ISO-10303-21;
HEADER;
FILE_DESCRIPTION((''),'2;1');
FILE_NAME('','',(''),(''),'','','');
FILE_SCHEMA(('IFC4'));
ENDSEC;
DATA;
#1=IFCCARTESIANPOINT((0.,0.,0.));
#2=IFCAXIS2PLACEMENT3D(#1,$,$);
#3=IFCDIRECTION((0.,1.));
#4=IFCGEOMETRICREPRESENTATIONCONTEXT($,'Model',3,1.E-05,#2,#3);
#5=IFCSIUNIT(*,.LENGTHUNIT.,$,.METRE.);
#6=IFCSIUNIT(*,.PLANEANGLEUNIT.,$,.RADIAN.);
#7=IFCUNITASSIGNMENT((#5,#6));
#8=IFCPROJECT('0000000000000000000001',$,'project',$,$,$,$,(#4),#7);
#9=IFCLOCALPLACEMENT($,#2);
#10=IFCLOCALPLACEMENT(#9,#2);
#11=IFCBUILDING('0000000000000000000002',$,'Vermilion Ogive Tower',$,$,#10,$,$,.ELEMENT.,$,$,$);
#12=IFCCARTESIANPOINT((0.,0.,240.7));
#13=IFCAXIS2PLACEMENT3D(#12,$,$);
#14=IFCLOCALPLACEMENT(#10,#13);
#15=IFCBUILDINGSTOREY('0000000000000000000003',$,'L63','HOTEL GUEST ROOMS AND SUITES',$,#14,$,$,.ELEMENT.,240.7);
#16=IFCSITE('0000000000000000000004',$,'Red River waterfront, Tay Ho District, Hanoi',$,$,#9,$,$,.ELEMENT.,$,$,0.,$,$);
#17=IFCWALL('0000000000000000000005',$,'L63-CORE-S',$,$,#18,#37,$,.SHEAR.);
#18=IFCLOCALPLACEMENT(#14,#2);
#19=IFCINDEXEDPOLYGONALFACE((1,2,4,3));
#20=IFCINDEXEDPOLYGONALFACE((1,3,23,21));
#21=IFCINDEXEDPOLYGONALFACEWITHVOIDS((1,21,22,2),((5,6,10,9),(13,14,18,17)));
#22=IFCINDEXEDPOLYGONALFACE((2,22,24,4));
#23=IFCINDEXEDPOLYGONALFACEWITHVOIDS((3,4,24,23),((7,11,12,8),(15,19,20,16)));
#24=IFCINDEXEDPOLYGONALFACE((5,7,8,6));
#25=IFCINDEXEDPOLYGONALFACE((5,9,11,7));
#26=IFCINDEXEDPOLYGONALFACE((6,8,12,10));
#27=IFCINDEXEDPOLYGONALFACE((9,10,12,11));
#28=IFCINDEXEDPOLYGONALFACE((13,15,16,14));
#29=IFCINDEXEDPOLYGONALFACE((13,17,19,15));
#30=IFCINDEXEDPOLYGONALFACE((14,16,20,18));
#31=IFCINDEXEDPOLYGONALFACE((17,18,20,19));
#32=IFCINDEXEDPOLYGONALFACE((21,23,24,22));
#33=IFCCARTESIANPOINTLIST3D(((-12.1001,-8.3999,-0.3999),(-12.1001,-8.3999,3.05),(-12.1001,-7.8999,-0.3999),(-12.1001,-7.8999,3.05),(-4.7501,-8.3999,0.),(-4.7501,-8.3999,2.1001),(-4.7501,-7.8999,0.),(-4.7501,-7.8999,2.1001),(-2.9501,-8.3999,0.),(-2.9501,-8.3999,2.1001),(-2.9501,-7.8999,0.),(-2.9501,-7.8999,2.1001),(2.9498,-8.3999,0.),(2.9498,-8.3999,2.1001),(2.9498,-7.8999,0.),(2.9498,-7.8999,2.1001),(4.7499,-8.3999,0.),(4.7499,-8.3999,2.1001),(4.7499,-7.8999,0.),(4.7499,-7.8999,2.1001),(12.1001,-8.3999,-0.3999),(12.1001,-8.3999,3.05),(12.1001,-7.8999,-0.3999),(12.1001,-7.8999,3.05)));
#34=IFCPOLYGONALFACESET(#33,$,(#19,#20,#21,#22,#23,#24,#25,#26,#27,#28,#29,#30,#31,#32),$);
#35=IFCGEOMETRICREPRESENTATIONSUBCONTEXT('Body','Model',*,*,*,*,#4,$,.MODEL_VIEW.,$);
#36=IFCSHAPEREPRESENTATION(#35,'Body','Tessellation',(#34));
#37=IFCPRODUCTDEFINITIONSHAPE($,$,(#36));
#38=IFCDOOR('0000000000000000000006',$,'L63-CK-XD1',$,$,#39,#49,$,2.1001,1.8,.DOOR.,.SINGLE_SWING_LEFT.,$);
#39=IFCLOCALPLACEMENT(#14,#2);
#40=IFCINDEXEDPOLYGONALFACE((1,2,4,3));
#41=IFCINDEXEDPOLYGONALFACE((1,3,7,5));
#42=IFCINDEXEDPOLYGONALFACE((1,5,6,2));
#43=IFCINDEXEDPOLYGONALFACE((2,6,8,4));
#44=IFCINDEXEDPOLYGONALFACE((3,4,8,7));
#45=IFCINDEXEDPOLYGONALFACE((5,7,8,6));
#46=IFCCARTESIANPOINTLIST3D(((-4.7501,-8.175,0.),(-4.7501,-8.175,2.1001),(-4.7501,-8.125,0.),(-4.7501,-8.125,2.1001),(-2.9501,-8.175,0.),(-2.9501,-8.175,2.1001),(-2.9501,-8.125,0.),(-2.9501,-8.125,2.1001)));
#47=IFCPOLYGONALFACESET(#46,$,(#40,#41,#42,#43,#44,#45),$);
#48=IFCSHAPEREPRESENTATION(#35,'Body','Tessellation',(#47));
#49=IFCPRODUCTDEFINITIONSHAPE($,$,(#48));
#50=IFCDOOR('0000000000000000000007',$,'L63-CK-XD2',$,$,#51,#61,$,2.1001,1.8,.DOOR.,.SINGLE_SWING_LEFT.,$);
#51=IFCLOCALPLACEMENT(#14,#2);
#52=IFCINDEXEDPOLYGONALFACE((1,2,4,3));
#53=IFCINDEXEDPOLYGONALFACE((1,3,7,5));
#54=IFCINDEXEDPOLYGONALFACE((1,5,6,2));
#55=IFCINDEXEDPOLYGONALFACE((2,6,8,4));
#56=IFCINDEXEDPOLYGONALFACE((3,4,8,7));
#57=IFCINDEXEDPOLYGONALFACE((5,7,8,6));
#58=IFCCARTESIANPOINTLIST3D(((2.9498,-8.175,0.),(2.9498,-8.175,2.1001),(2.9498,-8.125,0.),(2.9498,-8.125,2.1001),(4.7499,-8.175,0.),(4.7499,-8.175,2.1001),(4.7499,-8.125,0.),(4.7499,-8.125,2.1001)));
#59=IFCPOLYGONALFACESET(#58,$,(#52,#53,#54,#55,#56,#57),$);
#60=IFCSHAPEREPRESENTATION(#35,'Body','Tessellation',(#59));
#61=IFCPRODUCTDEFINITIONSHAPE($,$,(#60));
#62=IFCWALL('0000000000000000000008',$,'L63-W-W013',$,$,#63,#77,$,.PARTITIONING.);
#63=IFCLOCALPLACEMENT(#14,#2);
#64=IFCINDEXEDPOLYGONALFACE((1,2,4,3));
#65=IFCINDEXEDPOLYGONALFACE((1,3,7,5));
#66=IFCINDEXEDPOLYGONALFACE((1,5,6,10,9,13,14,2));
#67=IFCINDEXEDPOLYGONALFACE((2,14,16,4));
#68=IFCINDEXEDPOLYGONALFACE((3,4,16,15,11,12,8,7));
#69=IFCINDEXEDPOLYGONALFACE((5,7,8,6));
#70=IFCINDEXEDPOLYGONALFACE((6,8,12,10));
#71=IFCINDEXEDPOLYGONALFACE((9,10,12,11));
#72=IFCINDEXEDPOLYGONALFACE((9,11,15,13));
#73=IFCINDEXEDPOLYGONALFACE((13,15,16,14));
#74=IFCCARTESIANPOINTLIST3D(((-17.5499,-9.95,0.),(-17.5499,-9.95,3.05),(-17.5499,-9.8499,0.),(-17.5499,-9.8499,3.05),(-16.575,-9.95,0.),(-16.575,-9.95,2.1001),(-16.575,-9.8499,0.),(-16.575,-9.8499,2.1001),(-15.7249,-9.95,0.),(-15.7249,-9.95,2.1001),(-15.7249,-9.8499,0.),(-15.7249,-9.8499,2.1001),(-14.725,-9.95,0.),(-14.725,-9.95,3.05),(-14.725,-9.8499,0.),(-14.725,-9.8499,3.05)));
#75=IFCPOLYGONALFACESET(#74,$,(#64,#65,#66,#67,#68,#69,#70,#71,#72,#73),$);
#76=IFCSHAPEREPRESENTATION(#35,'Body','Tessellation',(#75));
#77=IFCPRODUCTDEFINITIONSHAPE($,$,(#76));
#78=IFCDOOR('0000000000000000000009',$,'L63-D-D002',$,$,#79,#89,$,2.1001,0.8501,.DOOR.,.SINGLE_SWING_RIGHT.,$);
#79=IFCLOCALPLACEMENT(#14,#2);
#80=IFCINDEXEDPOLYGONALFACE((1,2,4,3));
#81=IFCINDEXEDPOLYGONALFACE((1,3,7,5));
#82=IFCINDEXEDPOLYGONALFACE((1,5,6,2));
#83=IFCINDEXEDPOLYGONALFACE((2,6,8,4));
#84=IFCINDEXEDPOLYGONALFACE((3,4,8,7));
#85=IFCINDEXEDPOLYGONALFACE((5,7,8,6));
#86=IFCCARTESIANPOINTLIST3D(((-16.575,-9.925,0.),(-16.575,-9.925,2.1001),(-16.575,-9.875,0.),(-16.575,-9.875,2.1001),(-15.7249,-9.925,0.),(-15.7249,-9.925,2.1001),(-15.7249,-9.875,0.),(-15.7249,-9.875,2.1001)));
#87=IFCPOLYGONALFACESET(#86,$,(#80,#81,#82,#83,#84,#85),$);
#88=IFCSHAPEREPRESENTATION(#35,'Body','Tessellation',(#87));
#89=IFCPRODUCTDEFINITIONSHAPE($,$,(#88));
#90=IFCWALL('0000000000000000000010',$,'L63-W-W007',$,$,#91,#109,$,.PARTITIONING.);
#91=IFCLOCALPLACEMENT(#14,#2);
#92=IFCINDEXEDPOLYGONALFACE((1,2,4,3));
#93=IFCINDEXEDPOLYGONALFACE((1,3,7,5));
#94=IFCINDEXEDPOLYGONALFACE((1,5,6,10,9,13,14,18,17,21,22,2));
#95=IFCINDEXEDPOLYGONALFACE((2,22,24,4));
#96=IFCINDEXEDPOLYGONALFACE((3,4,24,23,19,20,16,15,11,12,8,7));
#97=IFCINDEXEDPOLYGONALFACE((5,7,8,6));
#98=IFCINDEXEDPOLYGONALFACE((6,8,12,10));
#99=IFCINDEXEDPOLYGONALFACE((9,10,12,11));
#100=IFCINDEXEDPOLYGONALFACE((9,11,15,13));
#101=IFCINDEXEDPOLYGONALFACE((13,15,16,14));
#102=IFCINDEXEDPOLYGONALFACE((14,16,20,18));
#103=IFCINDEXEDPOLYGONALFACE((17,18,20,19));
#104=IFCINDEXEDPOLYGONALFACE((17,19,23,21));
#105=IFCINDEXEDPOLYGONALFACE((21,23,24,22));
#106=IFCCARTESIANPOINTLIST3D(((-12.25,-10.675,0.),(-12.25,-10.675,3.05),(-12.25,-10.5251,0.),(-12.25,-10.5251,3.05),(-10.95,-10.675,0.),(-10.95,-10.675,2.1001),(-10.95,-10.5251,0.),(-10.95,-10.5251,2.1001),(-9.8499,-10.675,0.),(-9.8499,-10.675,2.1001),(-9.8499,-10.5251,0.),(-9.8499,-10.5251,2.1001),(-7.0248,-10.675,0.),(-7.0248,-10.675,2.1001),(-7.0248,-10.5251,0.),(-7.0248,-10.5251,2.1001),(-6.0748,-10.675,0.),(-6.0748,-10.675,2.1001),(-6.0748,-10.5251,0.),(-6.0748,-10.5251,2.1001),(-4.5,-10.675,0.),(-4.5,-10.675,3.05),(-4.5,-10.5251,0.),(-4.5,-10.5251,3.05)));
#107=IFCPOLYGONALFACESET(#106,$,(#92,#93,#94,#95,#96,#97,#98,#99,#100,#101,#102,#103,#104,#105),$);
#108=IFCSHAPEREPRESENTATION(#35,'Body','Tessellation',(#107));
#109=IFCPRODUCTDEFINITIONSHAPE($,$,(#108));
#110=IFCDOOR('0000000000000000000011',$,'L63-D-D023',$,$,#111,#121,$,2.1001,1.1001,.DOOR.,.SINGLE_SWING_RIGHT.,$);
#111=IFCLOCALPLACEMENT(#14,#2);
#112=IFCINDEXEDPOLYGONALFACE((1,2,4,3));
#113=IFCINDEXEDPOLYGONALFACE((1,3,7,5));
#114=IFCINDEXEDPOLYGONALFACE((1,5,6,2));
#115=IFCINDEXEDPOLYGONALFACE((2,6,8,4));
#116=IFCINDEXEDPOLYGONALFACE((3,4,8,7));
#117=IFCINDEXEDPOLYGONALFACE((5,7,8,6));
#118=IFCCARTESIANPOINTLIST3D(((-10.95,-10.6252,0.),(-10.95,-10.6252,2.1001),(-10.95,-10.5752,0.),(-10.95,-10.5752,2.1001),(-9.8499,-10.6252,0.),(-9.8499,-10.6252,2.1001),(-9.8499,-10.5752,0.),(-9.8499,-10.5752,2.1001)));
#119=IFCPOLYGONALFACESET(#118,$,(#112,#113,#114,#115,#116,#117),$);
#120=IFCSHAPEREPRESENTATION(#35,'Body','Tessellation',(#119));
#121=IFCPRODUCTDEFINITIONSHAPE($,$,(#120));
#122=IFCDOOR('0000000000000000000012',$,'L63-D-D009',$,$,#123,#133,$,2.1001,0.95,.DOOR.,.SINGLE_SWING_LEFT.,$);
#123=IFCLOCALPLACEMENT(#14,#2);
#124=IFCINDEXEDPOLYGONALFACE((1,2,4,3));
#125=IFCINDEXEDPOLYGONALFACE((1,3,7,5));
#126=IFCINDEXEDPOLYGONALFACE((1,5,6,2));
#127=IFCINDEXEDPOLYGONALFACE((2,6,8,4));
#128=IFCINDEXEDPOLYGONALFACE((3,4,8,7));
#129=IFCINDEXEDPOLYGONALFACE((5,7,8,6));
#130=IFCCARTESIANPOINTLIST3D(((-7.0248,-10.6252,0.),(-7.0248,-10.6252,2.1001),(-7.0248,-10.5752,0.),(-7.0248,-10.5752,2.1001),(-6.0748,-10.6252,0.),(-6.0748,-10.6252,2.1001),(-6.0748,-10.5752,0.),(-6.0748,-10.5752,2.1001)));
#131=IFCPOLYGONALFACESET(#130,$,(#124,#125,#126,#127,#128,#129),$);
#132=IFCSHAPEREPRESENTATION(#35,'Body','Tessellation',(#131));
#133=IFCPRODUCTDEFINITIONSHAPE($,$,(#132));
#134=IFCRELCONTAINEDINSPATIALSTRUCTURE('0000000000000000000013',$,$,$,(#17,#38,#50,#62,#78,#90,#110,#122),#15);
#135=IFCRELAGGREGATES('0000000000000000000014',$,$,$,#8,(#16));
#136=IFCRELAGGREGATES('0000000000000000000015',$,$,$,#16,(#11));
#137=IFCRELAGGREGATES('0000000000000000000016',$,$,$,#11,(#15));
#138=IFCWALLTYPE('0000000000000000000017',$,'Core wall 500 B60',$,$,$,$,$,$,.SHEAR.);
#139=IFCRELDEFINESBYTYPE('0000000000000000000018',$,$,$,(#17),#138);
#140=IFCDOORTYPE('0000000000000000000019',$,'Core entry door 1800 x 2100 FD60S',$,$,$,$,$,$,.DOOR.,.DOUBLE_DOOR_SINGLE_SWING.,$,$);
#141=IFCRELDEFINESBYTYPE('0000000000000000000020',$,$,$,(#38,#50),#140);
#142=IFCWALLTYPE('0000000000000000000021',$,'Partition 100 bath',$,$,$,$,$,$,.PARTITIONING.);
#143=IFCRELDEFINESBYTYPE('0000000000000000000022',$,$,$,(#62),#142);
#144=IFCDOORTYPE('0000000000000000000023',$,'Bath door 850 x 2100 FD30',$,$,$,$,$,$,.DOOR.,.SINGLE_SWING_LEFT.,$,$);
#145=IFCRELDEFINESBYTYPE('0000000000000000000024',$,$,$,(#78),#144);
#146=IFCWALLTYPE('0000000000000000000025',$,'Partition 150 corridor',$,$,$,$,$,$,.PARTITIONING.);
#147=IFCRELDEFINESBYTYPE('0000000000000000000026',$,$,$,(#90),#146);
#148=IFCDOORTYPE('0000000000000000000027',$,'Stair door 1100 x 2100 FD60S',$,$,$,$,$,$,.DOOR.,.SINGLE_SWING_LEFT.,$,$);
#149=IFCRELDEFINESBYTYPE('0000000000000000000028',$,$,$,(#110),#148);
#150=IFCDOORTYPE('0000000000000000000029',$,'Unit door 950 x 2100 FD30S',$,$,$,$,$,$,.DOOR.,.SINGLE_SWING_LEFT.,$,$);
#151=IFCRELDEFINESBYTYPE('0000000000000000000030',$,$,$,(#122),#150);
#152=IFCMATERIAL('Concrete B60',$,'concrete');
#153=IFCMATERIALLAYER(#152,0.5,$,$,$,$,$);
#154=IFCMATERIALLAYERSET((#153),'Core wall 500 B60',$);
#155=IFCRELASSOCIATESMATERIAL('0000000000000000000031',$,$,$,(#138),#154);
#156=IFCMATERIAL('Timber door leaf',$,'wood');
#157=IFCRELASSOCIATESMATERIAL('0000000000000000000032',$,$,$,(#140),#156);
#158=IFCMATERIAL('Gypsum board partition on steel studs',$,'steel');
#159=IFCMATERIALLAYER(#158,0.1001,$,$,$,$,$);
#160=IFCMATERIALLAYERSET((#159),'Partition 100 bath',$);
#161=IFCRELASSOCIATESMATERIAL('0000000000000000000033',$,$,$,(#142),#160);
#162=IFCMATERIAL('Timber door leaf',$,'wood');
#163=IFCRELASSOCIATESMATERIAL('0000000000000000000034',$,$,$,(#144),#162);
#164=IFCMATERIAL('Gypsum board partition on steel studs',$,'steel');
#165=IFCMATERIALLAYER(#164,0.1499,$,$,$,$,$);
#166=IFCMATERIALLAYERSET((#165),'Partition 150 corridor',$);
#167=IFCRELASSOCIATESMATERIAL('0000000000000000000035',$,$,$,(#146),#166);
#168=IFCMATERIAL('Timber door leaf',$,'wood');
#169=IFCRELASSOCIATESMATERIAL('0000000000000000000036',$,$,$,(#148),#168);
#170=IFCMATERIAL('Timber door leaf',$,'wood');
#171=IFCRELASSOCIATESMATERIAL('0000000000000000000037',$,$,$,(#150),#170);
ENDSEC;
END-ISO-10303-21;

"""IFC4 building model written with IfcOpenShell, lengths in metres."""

from ifc_helpers import new_model, si_unit, direction, frame, frame_2d, origin, place, context, subcontext, project, spatial, rectangle, extrude, material, layer, layer_set, type_object, element, fill, save


model = new_model("IFC4")

# Units and contexts
model_context = context("Model", 3, precision=1e-05, world=origin(), true_north=direction((0.0, 1.0)))
body_context = subcontext(model_context, "Body", "Model", "MODEL_VIEW")
ifc_project = project(units=[si_unit("LENGTHUNIT", "METRE"), si_unit("PLANEANGLEUNIT", "RADIAN")], contexts=[model_context])

# Site, building, storey
site_placement = place(None, origin())
site = spatial("IfcSite", under=ifc_project, at=site_placement, Name="Red River waterfront, Tay Ho District, Hanoi", CompositionType="ELEMENT", RefElevation=0.0)
building_placement = place(site_placement, origin())
building = spatial("IfcBuilding", under=site, at=building_placement, Name="Vermilion Ogive Tower", CompositionType="ELEMENT")
storey_placement = place(building_placement, frame((0.0, 0.0, 240.7)))
storey = spatial("IfcBuildingStorey", under=building, at=storey_placement, Name="L63", Description="HOTEL GUEST ROOMS AND SUITES", CompositionType="ELEMENT", Elevation=240.7)

# Wall, openings, doors
ifc_material_1 = material(Name="Concrete B60", Category="concrete")
ifc_layer_1 = layer(ifc_material_1, 0.5)
ifc_layer_set_1 = layer_set([ifc_layer_1], Name="Core wall 500 B60")
wall_type_1 = type_object("IfcWallType", Name="Core wall 500 B60", PredefinedType="SHEAR", material=ifc_layer_set_1)
wall_1_placement = place(storey_placement, frame((-12.1001, -8.1499, -0.3999), z_axis=(0.0, 0.0, 1.0), x_axis=(1.0, 0.0, 0.0)))
wall_1 = element("IfcWall", 1, at=wall_1_placement, inside=storey, type_object=wall_type_1, Name="L63-CORE-S", PredefinedType="SHEAR", context=body_context, shape_type="SweptSolid", body=[
    extrude(rectangle(XDim=24.2002, YDim=0.5, at=frame_2d((12.1001, 0.0))), origin(), (0.0, 0.0, 1.0), 3.45),
])
opening_1_placement = place(wall_1_placement, frame((7.3501, 0.0, 0.3999)))
opening_1 = element("IfcOpeningElement", 2, at=opening_1_placement, cuts=wall_1, PredefinedType="OPENING", context=body_context, shape_type="SweptSolid", body=[
    extrude(rectangle(XDim=1.8, YDim=2.1001, at=frame_2d((0.8999, 1.05))), frame((0.0, 0.26, 0.0), z_axis=(0.0, -1.0, 0.0), x_axis=(1.0, 0.0, 0.0)), (0.0, 0.0, 1.0), 0.52),
])
opening_2_placement = place(wall_1_placement, frame((15.05, 0.0, 0.3999)))
opening_2 = element("IfcOpeningElement", 3, at=opening_2_placement, cuts=wall_1, PredefinedType="OPENING", context=body_context, shape_type="SweptSolid", body=[
    extrude(rectangle(XDim=1.8, YDim=2.1001, at=frame_2d((0.8999, 1.05))), frame((0.0, 0.26, 0.0), z_axis=(0.0, -1.0, 0.0), x_axis=(1.0, 0.0, 0.0)), (0.0, 0.0, 1.0), 0.52),
])
ifc_material_2 = material(Name="Timber door leaf", Category="wood")
door_type_1 = type_object("IfcDoorType", Name="Core entry door 1800 x 2100 FD60S", OperationType="DOUBLE_DOOR_SINGLE_SWING", PredefinedType="DOOR", material=ifc_material_2)
door_1_placement = place(opening_1_placement, origin())
door_1 = element("IfcDoor", 4, at=door_1_placement, inside=storey, type_object=door_type_1, Name="L63-CK-XD1", OperationType="SINGLE_SWING_LEFT", OverallHeight=2.1001, OverallWidth=1.8, PredefinedType="DOOR", context=body_context, shape_type="SweptSolid", body=[
    extrude(rectangle(XDim=1.8, YDim=2.1001, at=frame_2d((0.8999, 1.05))), frame((0.0, 0.0249, 0.0), z_axis=(0.0, -1.0, 0.0), x_axis=(1.0, 0.0, 0.0)), (0.0, 0.0, 1.0), 0.05),
])
fill(opening_1, door_1)
door_2_placement = place(opening_2_placement, origin())
door_2 = element("IfcDoor", 5, at=door_2_placement, inside=storey, type_object=door_type_1, Name="L63-CK-XD2", OperationType="SINGLE_SWING_LEFT", OverallHeight=2.1001, OverallWidth=1.8, PredefinedType="DOOR", context=body_context, shape_type="SweptSolid", body=[
    extrude(rectangle(XDim=1.8, YDim=2.1001, at=frame_2d((0.8999, 1.05))), frame((0.0, 0.0249, 0.0), z_axis=(0.0, -1.0, 0.0), x_axis=(1.0, 0.0, 0.0)), (0.0, 0.0, 1.0), 0.05),
])
fill(opening_2, door_2)

# Wall, opening, door
ifc_material_3 = material(Name="Gypsum board partition on steel studs", Category="steel")
ifc_layer_2 = layer(ifc_material_3, 0.1001)
ifc_layer_set_2 = layer_set([ifc_layer_2], Name="Partition 100 bath")
wall_type_2 = type_object("IfcWallType", Name="Partition 100 bath", PredefinedType="PARTITIONING", material=ifc_layer_set_2)
wall_2_placement = place(storey_placement, frame((-17.55, -9.8999, 0.0), z_axis=(0.0, 0.0, 1.0), x_axis=(1.0, 0.0, 0.0)))
wall_2 = element("IfcWall", 6, at=wall_2_placement, inside=storey, type_object=wall_type_2, Name="L63-W-W013", PredefinedType="PARTITIONING", context=body_context, shape_type="SweptSolid", body=[
    extrude(rectangle(XDim=2.825, YDim=0.1001, at=frame_2d((1.4126, 0.0))), origin(), (0.0, 0.0, 1.0), 3.05),
])
opening_3_placement = place(wall_2_placement, frame((0.9751, 0.0, 0.0)))
opening_3 = element("IfcOpeningElement", 7, at=opening_3_placement, cuts=wall_2, PredefinedType="OPENING", context=body_context, shape_type="SweptSolid", body=[
    extrude(rectangle(XDim=0.8501, YDim=2.1001, at=frame_2d((0.425, 1.05))), frame((0.0, 0.0601, 0.0), z_axis=(0.0, -1.0, 0.0), x_axis=(1.0, 0.0, 0.0)), (0.0, 0.0, 1.0), 0.1201),
])
ifc_material_4 = material(Name="Timber door leaf", Category="wood")
door_type_2 = type_object("IfcDoorType", Name="Bath door 850 x 2100 FD30", OperationType="SINGLE_SWING_LEFT", PredefinedType="DOOR", material=ifc_material_4)
door_3_placement = place(opening_3_placement, origin())
door_3 = element("IfcDoor", 8, at=door_3_placement, inside=storey, type_object=door_type_2, Name="L63-D-D002", OperationType="SINGLE_SWING_RIGHT", OverallHeight=2.1001, OverallWidth=0.8501, PredefinedType="DOOR", context=body_context, shape_type="SweptSolid", body=[
    extrude(rectangle(XDim=0.8501, YDim=2.1001, at=frame_2d((0.425, 1.05))), frame((0.0, 0.0249, 0.0), z_axis=(0.0, -1.0, 0.0), x_axis=(1.0, 0.0, 0.0)), (0.0, 0.0, 1.0), 0.05),
])
fill(opening_3, door_3)

# Wall, openings, doors
ifc_material_5 = material(Name="Gypsum board partition on steel studs", Category="steel")
ifc_layer_3 = layer(ifc_material_5, 0.1499)
ifc_layer_set_3 = layer_set([ifc_layer_3], Name="Partition 150 corridor")
wall_type_3 = type_object("IfcWallType", Name="Partition 150 corridor", PredefinedType="PARTITIONING", material=ifc_layer_set_3)
wall_3_placement = place(storey_placement, frame((-12.25, -10.6001, 0.0), z_axis=(0.0, 0.0, 1.0), x_axis=(1.0, 0.0, 0.0)))
wall_3 = element("IfcWall", 9, at=wall_3_placement, inside=storey, type_object=wall_type_3, Name="L63-W-W007", PredefinedType="PARTITIONING", context=body_context, shape_type="SweptSolid", body=[
    extrude(rectangle(XDim=7.75, YDim=0.1499, at=frame_2d((3.875, 0.0))), origin(), (0.0, 0.0, 1.0), 3.05),
])
opening_4_placement = place(wall_3_placement, frame((5.2251, 0.0, 0.0)))
opening_4 = element("IfcOpeningElement", 10, at=opening_4_placement, cuts=wall_3, PredefinedType="OPENING", context=body_context, shape_type="SweptSolid", body=[
    extrude(rectangle(XDim=0.95, YDim=2.1001, at=frame_2d((0.4751, 1.05))), frame((0.0, 0.085, 0.0), z_axis=(0.0, -1.0, 0.0), x_axis=(1.0, 0.0, 0.0)), (0.0, 0.0, 1.0), 0.1699),
])
opening_5_placement = place(wall_3_placement, frame((1.3, 0.0, 0.0)))
opening_5 = element("IfcOpeningElement", 11, at=opening_5_placement, cuts=wall_3, PredefinedType="OPENING", context=body_context, shape_type="SweptSolid", body=[
    extrude(rectangle(XDim=1.1001, YDim=2.1001, at=frame_2d((0.55, 1.05))), frame((0.0, 0.085, 0.0), z_axis=(0.0, -1.0, 0.0), x_axis=(1.0, 0.0, 0.0)), (0.0, 0.0, 1.0), 0.1699),
])
ifc_material_6 = material(Name="Timber door leaf", Category="wood")
door_type_3 = type_object("IfcDoorType", Name="Stair door 1100 x 2100 FD60S", OperationType="SINGLE_SWING_LEFT", PredefinedType="DOOR", material=ifc_material_6)
door_4_placement = place(opening_5_placement, origin())
door_4 = element("IfcDoor", 12, at=door_4_placement, inside=storey, type_object=door_type_3, Name="L63-D-D023", OperationType="SINGLE_SWING_RIGHT", OverallHeight=2.1001, OverallWidth=1.1001, PredefinedType="DOOR", context=body_context, shape_type="SweptSolid", body=[
    extrude(rectangle(XDim=1.1001, YDim=2.1001, at=frame_2d((0.55, 1.05))), frame((0.0, 0.0249, 0.0), z_axis=(0.0, -1.0, 0.0), x_axis=(1.0, 0.0, 0.0)), (0.0, 0.0, 1.0), 0.05),
])
fill(opening_5, door_4)
ifc_material_7 = material(Name="Timber door leaf", Category="wood")
door_type_4 = type_object("IfcDoorType", Name="Unit door 950 x 2100 FD30S", OperationType="SINGLE_SWING_LEFT", PredefinedType="DOOR", material=ifc_material_7)
door_5_placement = place(opening_4_placement, origin())
door_5 = element("IfcDoor", 13, at=door_5_placement, inside=storey, type_object=door_type_4, Name="L63-D-D009", OperationType="SINGLE_SWING_LEFT", OverallHeight=2.1001, OverallWidth=0.95, PredefinedType="DOOR", context=body_context, shape_type="SweptSolid", body=[
    extrude(rectangle(XDim=0.95, YDim=2.1001, at=frame_2d((0.4751, 1.05))), frame((0.0, 0.0249, 0.0), z_axis=(0.0, -1.0, 0.0), x_axis=(1.0, 0.0, 0.0)), (0.0, 0.0, 1.0), 0.05),
])
fill(opening_4, door_5)

save(model, "model.ifc")
